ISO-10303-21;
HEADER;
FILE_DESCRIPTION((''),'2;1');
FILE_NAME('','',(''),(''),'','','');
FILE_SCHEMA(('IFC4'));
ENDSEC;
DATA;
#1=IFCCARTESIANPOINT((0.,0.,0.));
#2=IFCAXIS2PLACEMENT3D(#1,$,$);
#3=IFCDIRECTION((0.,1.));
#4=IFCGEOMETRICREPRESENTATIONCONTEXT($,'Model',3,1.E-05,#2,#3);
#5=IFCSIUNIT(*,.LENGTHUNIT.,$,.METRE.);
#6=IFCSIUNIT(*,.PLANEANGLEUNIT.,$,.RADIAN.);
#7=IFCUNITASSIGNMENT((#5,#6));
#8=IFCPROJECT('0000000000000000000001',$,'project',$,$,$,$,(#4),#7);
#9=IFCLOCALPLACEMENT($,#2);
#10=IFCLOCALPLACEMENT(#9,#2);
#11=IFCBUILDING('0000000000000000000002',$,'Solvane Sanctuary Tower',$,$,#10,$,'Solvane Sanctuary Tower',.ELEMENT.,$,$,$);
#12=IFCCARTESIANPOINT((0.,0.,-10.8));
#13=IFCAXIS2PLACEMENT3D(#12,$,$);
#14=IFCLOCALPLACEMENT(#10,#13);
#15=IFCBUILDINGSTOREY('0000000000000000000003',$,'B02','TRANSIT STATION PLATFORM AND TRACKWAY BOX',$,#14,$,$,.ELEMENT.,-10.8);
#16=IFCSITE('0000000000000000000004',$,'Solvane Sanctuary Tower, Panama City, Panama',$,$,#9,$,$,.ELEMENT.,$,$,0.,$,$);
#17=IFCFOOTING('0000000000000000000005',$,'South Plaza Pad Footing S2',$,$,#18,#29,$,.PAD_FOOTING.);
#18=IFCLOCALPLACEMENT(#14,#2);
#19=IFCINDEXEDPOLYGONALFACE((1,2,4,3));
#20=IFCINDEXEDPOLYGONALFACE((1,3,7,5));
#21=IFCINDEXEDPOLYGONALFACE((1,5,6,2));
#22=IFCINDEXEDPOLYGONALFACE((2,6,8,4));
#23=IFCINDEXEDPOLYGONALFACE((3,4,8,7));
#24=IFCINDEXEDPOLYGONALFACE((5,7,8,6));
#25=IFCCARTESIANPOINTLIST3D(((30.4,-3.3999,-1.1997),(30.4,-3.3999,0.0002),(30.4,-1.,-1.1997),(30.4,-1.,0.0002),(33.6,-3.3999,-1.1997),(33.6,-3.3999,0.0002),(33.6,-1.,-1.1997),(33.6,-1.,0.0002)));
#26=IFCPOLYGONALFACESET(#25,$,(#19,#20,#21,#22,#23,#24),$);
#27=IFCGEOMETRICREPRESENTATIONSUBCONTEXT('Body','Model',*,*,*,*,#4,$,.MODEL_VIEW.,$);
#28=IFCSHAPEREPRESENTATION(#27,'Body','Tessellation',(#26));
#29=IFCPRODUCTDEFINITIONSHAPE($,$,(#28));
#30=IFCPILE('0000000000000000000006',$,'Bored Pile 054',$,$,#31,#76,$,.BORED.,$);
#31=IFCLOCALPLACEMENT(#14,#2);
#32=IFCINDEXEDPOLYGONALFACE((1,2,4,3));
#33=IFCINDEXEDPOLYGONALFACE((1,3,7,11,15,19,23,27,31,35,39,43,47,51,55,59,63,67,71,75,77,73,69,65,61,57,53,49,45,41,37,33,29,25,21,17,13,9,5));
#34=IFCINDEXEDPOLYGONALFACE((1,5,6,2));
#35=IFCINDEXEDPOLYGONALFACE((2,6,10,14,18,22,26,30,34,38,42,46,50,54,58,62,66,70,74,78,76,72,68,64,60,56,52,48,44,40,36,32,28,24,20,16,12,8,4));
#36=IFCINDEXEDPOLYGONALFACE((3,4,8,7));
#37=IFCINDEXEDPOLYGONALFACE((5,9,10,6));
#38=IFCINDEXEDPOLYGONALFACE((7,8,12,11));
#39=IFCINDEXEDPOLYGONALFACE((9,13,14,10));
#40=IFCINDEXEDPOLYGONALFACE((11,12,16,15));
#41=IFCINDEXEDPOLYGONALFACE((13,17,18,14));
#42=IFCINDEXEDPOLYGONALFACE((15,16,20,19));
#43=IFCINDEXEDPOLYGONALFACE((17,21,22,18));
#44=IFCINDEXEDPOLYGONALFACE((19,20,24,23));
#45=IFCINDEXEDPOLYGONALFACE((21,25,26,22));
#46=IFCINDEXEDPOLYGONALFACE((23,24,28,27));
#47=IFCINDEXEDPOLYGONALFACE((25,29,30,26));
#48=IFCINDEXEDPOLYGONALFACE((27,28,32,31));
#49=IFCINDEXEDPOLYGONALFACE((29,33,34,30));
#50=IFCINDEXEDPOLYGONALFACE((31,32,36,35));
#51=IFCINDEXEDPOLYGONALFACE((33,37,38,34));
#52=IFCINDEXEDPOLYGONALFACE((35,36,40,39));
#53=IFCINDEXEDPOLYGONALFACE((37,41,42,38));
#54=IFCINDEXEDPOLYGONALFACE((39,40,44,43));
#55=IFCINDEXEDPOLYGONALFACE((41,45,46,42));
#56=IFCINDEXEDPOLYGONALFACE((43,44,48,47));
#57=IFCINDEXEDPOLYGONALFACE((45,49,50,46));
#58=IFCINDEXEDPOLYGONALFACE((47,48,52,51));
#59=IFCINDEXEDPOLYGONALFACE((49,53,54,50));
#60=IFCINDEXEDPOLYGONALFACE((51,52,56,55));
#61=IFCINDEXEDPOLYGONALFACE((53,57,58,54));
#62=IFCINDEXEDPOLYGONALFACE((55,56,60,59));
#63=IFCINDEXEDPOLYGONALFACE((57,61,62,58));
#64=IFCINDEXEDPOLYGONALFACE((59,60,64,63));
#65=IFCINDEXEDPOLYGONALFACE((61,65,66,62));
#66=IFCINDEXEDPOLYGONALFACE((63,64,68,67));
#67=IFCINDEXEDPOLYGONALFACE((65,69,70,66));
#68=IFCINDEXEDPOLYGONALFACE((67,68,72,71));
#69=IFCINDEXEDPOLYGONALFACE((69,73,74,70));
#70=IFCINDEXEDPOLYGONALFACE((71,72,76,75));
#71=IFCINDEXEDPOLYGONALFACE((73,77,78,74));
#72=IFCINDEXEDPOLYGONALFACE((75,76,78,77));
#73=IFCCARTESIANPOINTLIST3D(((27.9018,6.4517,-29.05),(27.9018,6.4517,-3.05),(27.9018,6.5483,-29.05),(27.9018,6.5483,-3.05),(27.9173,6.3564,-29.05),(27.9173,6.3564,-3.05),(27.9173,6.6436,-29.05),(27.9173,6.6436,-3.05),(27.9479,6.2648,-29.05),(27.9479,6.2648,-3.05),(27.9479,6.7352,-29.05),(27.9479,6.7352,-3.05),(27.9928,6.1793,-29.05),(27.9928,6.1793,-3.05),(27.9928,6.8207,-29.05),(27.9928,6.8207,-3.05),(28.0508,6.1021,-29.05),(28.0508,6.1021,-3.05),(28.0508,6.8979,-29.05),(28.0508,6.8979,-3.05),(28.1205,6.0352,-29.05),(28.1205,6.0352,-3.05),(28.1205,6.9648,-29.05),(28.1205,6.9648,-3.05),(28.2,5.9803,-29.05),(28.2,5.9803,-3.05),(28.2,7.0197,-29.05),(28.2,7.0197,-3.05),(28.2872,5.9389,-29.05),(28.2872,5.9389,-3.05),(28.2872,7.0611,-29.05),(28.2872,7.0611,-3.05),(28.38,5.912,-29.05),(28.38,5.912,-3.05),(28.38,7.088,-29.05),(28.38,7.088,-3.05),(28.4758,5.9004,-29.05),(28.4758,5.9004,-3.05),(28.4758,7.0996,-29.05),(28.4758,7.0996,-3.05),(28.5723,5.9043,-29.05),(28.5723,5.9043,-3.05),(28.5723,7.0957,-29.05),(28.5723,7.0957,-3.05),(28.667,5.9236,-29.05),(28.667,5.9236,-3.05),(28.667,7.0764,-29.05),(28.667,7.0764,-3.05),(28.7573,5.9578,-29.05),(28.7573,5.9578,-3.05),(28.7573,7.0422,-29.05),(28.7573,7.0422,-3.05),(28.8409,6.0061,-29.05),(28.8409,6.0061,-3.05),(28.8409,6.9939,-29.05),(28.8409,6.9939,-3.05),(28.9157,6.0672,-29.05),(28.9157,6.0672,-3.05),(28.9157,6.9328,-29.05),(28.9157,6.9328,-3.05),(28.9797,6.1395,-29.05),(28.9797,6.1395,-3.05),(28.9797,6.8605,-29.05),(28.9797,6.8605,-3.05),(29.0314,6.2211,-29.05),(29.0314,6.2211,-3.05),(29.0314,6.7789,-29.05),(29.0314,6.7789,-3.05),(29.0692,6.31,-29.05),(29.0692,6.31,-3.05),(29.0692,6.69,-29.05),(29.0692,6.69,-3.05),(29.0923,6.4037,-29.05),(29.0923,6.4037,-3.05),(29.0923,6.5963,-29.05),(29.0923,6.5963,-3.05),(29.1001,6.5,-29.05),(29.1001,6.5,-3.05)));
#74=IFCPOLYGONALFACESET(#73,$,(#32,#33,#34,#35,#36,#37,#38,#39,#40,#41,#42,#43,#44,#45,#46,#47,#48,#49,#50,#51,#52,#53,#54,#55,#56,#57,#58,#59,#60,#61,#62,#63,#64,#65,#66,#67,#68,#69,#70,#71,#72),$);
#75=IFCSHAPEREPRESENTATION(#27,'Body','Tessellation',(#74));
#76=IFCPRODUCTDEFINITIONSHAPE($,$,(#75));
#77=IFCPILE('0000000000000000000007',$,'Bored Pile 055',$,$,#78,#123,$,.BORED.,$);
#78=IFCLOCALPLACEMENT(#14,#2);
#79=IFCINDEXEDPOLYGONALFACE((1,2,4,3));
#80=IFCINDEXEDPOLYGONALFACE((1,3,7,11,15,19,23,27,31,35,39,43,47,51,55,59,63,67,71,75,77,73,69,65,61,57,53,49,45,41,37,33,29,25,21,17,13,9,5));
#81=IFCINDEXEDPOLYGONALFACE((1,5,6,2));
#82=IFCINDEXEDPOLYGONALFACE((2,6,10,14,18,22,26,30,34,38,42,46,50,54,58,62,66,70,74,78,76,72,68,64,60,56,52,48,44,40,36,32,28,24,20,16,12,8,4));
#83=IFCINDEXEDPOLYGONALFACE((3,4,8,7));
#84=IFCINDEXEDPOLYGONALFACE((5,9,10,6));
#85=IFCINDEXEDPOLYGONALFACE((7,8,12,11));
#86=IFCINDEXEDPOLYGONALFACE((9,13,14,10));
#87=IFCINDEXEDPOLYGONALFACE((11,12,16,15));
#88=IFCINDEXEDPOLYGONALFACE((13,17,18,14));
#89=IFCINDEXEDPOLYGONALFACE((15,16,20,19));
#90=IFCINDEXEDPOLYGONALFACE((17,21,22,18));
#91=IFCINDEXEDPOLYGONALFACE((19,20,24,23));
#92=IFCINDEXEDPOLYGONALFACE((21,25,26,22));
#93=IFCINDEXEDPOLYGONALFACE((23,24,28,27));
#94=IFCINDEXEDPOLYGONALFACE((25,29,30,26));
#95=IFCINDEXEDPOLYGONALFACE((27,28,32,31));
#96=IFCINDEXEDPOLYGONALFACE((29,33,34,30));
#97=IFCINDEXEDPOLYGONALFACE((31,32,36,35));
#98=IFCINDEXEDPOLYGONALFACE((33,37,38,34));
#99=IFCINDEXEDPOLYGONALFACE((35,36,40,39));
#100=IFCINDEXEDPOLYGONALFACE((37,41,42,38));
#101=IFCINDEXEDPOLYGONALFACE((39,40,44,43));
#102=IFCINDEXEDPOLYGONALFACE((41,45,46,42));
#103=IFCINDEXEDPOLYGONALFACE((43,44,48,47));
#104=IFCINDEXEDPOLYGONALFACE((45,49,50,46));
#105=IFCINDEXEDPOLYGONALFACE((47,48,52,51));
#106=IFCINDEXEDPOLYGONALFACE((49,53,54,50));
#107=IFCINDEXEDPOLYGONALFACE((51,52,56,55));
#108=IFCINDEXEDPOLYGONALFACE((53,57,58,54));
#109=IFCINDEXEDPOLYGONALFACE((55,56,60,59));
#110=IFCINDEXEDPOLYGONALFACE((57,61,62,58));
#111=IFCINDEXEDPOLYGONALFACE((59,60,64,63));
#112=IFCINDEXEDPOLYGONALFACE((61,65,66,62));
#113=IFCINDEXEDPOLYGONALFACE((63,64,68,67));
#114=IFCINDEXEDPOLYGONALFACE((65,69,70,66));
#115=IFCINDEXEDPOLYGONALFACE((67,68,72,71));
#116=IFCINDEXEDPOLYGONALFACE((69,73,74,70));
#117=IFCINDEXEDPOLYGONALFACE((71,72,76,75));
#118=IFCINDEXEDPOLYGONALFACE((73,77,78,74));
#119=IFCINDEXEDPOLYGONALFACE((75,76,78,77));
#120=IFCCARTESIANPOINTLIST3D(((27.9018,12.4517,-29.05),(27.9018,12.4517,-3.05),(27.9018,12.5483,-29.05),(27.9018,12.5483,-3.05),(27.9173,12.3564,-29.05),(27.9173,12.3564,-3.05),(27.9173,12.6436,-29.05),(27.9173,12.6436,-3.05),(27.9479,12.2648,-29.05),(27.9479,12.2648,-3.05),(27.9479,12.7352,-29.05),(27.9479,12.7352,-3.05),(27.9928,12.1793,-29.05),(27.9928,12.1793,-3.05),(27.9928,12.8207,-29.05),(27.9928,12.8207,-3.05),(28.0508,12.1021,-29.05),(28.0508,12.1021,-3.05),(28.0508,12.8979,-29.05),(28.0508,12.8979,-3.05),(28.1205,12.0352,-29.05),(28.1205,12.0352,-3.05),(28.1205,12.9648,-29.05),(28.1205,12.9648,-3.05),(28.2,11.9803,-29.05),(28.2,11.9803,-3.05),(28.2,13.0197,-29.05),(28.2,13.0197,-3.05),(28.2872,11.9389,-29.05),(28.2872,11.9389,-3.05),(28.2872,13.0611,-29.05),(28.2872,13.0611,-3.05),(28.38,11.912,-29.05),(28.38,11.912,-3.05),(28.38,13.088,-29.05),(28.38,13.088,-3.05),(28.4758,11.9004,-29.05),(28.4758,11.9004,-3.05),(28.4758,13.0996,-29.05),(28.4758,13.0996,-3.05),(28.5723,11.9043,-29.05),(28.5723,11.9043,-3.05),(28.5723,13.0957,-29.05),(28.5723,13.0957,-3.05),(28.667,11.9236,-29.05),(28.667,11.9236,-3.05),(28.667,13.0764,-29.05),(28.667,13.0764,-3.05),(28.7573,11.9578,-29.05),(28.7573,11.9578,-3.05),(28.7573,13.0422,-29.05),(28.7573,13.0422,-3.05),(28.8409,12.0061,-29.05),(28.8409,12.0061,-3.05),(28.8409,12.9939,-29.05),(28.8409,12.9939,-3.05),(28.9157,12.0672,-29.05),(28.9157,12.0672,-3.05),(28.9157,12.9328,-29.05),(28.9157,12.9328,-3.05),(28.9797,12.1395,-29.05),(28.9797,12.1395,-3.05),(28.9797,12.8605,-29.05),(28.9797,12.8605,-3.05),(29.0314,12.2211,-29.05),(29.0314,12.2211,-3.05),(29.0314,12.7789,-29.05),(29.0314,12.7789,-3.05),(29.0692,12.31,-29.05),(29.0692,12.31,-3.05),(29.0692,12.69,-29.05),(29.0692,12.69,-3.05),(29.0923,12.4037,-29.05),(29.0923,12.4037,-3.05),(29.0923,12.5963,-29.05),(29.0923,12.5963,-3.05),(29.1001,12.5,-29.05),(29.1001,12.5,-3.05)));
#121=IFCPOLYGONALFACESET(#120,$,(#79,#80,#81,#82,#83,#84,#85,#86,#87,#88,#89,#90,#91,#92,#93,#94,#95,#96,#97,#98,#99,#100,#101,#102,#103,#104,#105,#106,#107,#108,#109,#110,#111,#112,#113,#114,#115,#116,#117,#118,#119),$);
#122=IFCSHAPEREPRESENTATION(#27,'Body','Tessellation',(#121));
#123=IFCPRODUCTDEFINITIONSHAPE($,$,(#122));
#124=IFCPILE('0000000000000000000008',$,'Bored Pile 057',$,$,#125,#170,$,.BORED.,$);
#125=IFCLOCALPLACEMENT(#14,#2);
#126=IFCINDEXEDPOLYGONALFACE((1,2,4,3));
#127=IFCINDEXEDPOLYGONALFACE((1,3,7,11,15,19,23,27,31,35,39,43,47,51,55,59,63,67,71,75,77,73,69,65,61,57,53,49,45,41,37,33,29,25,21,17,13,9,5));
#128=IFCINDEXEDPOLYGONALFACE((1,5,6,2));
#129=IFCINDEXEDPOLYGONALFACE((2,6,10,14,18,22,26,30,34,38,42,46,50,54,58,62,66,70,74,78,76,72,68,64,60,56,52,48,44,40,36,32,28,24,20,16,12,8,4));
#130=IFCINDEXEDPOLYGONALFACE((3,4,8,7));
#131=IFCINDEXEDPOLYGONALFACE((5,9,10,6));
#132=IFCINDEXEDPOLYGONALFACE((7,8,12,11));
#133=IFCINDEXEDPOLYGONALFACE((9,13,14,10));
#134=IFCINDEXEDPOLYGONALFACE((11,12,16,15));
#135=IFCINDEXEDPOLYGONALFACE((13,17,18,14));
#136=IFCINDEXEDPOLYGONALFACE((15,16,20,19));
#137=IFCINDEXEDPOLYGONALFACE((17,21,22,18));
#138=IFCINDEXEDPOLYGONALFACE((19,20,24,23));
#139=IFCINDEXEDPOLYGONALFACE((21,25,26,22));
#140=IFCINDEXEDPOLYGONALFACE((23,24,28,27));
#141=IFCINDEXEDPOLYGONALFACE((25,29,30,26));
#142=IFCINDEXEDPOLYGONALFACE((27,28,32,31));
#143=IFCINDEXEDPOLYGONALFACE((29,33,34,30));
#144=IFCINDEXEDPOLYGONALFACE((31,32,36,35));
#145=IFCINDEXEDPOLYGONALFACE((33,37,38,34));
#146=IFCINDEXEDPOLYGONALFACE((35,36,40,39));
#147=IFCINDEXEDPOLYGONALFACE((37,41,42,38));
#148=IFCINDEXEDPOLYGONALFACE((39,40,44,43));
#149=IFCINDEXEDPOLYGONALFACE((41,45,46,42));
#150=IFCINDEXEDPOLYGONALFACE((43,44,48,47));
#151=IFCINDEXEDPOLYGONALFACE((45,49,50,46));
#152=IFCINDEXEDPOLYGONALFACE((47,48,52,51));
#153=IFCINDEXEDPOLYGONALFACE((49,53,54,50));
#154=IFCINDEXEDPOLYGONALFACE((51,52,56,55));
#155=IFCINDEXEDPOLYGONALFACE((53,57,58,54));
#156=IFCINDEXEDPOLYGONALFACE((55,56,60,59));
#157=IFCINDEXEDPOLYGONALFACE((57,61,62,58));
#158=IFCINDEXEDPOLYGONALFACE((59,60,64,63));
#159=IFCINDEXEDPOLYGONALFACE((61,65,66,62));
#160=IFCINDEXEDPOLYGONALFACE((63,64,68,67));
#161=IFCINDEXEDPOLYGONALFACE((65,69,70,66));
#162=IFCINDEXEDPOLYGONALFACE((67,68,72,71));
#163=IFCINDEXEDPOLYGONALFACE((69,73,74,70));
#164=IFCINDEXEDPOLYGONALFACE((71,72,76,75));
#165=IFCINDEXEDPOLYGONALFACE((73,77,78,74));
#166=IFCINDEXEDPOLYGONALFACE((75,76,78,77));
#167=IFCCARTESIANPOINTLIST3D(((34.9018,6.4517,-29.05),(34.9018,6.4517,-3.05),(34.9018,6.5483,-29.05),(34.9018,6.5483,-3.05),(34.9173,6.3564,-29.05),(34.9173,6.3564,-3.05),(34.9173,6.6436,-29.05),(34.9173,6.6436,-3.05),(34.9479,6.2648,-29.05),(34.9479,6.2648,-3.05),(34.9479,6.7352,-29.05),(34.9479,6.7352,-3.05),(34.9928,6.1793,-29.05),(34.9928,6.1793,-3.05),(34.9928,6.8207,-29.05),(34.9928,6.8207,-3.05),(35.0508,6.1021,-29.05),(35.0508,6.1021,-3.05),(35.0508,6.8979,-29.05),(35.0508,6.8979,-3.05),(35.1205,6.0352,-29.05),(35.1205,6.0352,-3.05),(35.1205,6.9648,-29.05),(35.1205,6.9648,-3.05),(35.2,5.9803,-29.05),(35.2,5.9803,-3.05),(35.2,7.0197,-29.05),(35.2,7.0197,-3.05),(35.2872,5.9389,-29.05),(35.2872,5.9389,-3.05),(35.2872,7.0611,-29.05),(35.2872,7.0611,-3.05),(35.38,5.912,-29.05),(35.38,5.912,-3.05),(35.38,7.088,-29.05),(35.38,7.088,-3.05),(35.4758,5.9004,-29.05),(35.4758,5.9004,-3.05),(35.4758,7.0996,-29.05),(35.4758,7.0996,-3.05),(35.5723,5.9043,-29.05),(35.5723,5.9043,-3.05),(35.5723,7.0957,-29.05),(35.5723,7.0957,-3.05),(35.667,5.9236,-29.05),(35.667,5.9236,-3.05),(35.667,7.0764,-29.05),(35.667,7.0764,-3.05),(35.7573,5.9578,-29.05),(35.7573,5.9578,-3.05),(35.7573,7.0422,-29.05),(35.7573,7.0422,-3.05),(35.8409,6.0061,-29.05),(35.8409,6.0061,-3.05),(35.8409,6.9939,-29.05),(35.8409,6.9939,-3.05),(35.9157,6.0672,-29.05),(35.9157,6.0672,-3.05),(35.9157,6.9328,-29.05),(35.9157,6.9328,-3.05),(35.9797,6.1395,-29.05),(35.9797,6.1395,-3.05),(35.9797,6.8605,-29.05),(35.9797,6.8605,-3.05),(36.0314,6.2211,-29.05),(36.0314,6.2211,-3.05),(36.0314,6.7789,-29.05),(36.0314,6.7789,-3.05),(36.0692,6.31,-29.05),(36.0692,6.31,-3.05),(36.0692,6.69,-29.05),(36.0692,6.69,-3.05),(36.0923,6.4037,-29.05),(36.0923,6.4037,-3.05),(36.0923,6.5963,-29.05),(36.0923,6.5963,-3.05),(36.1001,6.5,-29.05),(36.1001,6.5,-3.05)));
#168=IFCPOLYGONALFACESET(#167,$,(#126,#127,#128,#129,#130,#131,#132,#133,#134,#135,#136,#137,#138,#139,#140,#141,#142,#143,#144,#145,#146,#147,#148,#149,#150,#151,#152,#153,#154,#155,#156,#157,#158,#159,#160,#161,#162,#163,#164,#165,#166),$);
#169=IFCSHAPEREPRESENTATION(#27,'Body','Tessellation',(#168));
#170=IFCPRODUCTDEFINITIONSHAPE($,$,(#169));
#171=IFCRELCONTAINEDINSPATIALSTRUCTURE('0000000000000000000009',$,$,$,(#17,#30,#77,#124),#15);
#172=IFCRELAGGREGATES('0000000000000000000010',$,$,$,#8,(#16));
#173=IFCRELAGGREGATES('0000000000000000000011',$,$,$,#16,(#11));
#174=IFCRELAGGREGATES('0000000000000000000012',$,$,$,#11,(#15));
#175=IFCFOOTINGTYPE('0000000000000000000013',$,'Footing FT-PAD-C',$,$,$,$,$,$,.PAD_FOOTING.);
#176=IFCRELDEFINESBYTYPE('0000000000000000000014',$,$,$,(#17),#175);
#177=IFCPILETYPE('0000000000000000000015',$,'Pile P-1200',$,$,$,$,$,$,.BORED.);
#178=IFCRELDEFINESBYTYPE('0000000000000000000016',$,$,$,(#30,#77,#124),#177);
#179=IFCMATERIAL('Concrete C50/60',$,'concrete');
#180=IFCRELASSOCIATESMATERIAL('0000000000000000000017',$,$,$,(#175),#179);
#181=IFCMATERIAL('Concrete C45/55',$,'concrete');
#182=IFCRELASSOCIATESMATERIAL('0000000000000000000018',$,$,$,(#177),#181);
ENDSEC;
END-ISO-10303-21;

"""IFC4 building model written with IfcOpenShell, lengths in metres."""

from ifc_helpers import new_model, si_unit, direction, frame, origin, origin_2d, place, context, subcontext, project, spatial, rectangle, circle, extrude, material, material_profile, profile_set, type_object, element, save


model = new_model("IFC4")

# Units and contexts
model_context = context("Model", 3, precision=1e-05, world=origin(), true_north=direction((0.0, 1.0)))
body_context = subcontext(model_context, "Body", "Model", "MODEL_VIEW")
ifc_project = project(units=[si_unit("LENGTHUNIT", "METRE"), si_unit("PLANEANGLEUNIT", "RADIAN")], contexts=[model_context])

# Site, building, storey
site_placement = place(None, origin())
site = spatial("IfcSite", under=ifc_project, at=site_placement, Name="Solvane Sanctuary Tower, Panama City, Panama", CompositionType="ELEMENT", RefElevation=0.0)
building_placement = place(site_placement, origin())
building = spatial("IfcBuilding", under=site, at=building_placement, Name="Solvane Sanctuary Tower", LongName="Solvane Sanctuary Tower", CompositionType="ELEMENT")
storey_placement = place(building_placement, frame((0.0, 0.0, -10.8)))
storey = spatial("IfcBuildingStorey", under=building, at=storey_placement, Name="B02", Description="TRANSIT STATION PLATFORM AND TRACKWAY BOX", CompositionType="ELEMENT", Elevation=-10.8)

# Footing
ifc_material_1 = material(Name="Concrete C50/60", Category="concrete")
footing_type = type_object("IfcFootingType", Name="Footing FT-PAD-C", PredefinedType="PAD_FOOTING", material=ifc_material_1)
footing_placement = place(storey_placement, frame((32.0, -2.2, -1.1997), z_axis=(0.0, 0.0, 1.0), x_axis=(1.0, 0.0, 0.0)))
element("IfcFooting", 1, at=footing_placement, inside=storey, type_object=footing_type, Name="South Plaza Pad Footing S2", PredefinedType="PAD_FOOTING", context=body_context, shape_type="SweptSolid", body=[
    extrude(rectangle(XDim=3.2, YDim=2.3999, at=origin_2d()), origin(), (0.0, 0.0, 1.0), 1.2),
])

# Piles
ifc_material_2 = material(Name="Concrete C45/55", Category="concrete")
ifc_material_profile_1 = material_profile(ifc_material_2, circle(Radius=0.6001, at=origin_2d()), Name="PILE1200")
ifc_profile_set_1 = profile_set([ifc_material_profile_1], Name="Concrete C45/55")
pile_type_1 = type_object("IfcPileType", Name="Pile P-1200", PredefinedType="BORED", material=ifc_profile_set_1)
for number, where, z_axis, x_axis, name in (
    (2, (28.5, 6.5, -3.05), (0.0, 0.0, -1.0), (1.0, 0.0, 0.0), "Bored Pile 054"),
    (3, (28.5, 12.5, -3.05), (0.0, 0.0, -1.0), (1.0, 0.0, 0.0), "Bored Pile 055"),
    (4, (35.5, 6.5, -3.05), (0.0, 0.0, -1.0), (1.0, 0.0, 0.0), "Bored Pile 057"),
):
    element("IfcPile", number, at=place(storey_placement, frame(where, z_axis=z_axis, x_axis=x_axis)), inside=storey, type_object=pile_type_1, Name=name, PredefinedType="BORED", context=body_context, shape_type="SweptSolid", body=[
        extrude(circle(Radius=0.6001, at=origin_2d()), origin(), (0.0, 0.0, 1.0), 26.0),
    ])

save(model, "model.ifc")
